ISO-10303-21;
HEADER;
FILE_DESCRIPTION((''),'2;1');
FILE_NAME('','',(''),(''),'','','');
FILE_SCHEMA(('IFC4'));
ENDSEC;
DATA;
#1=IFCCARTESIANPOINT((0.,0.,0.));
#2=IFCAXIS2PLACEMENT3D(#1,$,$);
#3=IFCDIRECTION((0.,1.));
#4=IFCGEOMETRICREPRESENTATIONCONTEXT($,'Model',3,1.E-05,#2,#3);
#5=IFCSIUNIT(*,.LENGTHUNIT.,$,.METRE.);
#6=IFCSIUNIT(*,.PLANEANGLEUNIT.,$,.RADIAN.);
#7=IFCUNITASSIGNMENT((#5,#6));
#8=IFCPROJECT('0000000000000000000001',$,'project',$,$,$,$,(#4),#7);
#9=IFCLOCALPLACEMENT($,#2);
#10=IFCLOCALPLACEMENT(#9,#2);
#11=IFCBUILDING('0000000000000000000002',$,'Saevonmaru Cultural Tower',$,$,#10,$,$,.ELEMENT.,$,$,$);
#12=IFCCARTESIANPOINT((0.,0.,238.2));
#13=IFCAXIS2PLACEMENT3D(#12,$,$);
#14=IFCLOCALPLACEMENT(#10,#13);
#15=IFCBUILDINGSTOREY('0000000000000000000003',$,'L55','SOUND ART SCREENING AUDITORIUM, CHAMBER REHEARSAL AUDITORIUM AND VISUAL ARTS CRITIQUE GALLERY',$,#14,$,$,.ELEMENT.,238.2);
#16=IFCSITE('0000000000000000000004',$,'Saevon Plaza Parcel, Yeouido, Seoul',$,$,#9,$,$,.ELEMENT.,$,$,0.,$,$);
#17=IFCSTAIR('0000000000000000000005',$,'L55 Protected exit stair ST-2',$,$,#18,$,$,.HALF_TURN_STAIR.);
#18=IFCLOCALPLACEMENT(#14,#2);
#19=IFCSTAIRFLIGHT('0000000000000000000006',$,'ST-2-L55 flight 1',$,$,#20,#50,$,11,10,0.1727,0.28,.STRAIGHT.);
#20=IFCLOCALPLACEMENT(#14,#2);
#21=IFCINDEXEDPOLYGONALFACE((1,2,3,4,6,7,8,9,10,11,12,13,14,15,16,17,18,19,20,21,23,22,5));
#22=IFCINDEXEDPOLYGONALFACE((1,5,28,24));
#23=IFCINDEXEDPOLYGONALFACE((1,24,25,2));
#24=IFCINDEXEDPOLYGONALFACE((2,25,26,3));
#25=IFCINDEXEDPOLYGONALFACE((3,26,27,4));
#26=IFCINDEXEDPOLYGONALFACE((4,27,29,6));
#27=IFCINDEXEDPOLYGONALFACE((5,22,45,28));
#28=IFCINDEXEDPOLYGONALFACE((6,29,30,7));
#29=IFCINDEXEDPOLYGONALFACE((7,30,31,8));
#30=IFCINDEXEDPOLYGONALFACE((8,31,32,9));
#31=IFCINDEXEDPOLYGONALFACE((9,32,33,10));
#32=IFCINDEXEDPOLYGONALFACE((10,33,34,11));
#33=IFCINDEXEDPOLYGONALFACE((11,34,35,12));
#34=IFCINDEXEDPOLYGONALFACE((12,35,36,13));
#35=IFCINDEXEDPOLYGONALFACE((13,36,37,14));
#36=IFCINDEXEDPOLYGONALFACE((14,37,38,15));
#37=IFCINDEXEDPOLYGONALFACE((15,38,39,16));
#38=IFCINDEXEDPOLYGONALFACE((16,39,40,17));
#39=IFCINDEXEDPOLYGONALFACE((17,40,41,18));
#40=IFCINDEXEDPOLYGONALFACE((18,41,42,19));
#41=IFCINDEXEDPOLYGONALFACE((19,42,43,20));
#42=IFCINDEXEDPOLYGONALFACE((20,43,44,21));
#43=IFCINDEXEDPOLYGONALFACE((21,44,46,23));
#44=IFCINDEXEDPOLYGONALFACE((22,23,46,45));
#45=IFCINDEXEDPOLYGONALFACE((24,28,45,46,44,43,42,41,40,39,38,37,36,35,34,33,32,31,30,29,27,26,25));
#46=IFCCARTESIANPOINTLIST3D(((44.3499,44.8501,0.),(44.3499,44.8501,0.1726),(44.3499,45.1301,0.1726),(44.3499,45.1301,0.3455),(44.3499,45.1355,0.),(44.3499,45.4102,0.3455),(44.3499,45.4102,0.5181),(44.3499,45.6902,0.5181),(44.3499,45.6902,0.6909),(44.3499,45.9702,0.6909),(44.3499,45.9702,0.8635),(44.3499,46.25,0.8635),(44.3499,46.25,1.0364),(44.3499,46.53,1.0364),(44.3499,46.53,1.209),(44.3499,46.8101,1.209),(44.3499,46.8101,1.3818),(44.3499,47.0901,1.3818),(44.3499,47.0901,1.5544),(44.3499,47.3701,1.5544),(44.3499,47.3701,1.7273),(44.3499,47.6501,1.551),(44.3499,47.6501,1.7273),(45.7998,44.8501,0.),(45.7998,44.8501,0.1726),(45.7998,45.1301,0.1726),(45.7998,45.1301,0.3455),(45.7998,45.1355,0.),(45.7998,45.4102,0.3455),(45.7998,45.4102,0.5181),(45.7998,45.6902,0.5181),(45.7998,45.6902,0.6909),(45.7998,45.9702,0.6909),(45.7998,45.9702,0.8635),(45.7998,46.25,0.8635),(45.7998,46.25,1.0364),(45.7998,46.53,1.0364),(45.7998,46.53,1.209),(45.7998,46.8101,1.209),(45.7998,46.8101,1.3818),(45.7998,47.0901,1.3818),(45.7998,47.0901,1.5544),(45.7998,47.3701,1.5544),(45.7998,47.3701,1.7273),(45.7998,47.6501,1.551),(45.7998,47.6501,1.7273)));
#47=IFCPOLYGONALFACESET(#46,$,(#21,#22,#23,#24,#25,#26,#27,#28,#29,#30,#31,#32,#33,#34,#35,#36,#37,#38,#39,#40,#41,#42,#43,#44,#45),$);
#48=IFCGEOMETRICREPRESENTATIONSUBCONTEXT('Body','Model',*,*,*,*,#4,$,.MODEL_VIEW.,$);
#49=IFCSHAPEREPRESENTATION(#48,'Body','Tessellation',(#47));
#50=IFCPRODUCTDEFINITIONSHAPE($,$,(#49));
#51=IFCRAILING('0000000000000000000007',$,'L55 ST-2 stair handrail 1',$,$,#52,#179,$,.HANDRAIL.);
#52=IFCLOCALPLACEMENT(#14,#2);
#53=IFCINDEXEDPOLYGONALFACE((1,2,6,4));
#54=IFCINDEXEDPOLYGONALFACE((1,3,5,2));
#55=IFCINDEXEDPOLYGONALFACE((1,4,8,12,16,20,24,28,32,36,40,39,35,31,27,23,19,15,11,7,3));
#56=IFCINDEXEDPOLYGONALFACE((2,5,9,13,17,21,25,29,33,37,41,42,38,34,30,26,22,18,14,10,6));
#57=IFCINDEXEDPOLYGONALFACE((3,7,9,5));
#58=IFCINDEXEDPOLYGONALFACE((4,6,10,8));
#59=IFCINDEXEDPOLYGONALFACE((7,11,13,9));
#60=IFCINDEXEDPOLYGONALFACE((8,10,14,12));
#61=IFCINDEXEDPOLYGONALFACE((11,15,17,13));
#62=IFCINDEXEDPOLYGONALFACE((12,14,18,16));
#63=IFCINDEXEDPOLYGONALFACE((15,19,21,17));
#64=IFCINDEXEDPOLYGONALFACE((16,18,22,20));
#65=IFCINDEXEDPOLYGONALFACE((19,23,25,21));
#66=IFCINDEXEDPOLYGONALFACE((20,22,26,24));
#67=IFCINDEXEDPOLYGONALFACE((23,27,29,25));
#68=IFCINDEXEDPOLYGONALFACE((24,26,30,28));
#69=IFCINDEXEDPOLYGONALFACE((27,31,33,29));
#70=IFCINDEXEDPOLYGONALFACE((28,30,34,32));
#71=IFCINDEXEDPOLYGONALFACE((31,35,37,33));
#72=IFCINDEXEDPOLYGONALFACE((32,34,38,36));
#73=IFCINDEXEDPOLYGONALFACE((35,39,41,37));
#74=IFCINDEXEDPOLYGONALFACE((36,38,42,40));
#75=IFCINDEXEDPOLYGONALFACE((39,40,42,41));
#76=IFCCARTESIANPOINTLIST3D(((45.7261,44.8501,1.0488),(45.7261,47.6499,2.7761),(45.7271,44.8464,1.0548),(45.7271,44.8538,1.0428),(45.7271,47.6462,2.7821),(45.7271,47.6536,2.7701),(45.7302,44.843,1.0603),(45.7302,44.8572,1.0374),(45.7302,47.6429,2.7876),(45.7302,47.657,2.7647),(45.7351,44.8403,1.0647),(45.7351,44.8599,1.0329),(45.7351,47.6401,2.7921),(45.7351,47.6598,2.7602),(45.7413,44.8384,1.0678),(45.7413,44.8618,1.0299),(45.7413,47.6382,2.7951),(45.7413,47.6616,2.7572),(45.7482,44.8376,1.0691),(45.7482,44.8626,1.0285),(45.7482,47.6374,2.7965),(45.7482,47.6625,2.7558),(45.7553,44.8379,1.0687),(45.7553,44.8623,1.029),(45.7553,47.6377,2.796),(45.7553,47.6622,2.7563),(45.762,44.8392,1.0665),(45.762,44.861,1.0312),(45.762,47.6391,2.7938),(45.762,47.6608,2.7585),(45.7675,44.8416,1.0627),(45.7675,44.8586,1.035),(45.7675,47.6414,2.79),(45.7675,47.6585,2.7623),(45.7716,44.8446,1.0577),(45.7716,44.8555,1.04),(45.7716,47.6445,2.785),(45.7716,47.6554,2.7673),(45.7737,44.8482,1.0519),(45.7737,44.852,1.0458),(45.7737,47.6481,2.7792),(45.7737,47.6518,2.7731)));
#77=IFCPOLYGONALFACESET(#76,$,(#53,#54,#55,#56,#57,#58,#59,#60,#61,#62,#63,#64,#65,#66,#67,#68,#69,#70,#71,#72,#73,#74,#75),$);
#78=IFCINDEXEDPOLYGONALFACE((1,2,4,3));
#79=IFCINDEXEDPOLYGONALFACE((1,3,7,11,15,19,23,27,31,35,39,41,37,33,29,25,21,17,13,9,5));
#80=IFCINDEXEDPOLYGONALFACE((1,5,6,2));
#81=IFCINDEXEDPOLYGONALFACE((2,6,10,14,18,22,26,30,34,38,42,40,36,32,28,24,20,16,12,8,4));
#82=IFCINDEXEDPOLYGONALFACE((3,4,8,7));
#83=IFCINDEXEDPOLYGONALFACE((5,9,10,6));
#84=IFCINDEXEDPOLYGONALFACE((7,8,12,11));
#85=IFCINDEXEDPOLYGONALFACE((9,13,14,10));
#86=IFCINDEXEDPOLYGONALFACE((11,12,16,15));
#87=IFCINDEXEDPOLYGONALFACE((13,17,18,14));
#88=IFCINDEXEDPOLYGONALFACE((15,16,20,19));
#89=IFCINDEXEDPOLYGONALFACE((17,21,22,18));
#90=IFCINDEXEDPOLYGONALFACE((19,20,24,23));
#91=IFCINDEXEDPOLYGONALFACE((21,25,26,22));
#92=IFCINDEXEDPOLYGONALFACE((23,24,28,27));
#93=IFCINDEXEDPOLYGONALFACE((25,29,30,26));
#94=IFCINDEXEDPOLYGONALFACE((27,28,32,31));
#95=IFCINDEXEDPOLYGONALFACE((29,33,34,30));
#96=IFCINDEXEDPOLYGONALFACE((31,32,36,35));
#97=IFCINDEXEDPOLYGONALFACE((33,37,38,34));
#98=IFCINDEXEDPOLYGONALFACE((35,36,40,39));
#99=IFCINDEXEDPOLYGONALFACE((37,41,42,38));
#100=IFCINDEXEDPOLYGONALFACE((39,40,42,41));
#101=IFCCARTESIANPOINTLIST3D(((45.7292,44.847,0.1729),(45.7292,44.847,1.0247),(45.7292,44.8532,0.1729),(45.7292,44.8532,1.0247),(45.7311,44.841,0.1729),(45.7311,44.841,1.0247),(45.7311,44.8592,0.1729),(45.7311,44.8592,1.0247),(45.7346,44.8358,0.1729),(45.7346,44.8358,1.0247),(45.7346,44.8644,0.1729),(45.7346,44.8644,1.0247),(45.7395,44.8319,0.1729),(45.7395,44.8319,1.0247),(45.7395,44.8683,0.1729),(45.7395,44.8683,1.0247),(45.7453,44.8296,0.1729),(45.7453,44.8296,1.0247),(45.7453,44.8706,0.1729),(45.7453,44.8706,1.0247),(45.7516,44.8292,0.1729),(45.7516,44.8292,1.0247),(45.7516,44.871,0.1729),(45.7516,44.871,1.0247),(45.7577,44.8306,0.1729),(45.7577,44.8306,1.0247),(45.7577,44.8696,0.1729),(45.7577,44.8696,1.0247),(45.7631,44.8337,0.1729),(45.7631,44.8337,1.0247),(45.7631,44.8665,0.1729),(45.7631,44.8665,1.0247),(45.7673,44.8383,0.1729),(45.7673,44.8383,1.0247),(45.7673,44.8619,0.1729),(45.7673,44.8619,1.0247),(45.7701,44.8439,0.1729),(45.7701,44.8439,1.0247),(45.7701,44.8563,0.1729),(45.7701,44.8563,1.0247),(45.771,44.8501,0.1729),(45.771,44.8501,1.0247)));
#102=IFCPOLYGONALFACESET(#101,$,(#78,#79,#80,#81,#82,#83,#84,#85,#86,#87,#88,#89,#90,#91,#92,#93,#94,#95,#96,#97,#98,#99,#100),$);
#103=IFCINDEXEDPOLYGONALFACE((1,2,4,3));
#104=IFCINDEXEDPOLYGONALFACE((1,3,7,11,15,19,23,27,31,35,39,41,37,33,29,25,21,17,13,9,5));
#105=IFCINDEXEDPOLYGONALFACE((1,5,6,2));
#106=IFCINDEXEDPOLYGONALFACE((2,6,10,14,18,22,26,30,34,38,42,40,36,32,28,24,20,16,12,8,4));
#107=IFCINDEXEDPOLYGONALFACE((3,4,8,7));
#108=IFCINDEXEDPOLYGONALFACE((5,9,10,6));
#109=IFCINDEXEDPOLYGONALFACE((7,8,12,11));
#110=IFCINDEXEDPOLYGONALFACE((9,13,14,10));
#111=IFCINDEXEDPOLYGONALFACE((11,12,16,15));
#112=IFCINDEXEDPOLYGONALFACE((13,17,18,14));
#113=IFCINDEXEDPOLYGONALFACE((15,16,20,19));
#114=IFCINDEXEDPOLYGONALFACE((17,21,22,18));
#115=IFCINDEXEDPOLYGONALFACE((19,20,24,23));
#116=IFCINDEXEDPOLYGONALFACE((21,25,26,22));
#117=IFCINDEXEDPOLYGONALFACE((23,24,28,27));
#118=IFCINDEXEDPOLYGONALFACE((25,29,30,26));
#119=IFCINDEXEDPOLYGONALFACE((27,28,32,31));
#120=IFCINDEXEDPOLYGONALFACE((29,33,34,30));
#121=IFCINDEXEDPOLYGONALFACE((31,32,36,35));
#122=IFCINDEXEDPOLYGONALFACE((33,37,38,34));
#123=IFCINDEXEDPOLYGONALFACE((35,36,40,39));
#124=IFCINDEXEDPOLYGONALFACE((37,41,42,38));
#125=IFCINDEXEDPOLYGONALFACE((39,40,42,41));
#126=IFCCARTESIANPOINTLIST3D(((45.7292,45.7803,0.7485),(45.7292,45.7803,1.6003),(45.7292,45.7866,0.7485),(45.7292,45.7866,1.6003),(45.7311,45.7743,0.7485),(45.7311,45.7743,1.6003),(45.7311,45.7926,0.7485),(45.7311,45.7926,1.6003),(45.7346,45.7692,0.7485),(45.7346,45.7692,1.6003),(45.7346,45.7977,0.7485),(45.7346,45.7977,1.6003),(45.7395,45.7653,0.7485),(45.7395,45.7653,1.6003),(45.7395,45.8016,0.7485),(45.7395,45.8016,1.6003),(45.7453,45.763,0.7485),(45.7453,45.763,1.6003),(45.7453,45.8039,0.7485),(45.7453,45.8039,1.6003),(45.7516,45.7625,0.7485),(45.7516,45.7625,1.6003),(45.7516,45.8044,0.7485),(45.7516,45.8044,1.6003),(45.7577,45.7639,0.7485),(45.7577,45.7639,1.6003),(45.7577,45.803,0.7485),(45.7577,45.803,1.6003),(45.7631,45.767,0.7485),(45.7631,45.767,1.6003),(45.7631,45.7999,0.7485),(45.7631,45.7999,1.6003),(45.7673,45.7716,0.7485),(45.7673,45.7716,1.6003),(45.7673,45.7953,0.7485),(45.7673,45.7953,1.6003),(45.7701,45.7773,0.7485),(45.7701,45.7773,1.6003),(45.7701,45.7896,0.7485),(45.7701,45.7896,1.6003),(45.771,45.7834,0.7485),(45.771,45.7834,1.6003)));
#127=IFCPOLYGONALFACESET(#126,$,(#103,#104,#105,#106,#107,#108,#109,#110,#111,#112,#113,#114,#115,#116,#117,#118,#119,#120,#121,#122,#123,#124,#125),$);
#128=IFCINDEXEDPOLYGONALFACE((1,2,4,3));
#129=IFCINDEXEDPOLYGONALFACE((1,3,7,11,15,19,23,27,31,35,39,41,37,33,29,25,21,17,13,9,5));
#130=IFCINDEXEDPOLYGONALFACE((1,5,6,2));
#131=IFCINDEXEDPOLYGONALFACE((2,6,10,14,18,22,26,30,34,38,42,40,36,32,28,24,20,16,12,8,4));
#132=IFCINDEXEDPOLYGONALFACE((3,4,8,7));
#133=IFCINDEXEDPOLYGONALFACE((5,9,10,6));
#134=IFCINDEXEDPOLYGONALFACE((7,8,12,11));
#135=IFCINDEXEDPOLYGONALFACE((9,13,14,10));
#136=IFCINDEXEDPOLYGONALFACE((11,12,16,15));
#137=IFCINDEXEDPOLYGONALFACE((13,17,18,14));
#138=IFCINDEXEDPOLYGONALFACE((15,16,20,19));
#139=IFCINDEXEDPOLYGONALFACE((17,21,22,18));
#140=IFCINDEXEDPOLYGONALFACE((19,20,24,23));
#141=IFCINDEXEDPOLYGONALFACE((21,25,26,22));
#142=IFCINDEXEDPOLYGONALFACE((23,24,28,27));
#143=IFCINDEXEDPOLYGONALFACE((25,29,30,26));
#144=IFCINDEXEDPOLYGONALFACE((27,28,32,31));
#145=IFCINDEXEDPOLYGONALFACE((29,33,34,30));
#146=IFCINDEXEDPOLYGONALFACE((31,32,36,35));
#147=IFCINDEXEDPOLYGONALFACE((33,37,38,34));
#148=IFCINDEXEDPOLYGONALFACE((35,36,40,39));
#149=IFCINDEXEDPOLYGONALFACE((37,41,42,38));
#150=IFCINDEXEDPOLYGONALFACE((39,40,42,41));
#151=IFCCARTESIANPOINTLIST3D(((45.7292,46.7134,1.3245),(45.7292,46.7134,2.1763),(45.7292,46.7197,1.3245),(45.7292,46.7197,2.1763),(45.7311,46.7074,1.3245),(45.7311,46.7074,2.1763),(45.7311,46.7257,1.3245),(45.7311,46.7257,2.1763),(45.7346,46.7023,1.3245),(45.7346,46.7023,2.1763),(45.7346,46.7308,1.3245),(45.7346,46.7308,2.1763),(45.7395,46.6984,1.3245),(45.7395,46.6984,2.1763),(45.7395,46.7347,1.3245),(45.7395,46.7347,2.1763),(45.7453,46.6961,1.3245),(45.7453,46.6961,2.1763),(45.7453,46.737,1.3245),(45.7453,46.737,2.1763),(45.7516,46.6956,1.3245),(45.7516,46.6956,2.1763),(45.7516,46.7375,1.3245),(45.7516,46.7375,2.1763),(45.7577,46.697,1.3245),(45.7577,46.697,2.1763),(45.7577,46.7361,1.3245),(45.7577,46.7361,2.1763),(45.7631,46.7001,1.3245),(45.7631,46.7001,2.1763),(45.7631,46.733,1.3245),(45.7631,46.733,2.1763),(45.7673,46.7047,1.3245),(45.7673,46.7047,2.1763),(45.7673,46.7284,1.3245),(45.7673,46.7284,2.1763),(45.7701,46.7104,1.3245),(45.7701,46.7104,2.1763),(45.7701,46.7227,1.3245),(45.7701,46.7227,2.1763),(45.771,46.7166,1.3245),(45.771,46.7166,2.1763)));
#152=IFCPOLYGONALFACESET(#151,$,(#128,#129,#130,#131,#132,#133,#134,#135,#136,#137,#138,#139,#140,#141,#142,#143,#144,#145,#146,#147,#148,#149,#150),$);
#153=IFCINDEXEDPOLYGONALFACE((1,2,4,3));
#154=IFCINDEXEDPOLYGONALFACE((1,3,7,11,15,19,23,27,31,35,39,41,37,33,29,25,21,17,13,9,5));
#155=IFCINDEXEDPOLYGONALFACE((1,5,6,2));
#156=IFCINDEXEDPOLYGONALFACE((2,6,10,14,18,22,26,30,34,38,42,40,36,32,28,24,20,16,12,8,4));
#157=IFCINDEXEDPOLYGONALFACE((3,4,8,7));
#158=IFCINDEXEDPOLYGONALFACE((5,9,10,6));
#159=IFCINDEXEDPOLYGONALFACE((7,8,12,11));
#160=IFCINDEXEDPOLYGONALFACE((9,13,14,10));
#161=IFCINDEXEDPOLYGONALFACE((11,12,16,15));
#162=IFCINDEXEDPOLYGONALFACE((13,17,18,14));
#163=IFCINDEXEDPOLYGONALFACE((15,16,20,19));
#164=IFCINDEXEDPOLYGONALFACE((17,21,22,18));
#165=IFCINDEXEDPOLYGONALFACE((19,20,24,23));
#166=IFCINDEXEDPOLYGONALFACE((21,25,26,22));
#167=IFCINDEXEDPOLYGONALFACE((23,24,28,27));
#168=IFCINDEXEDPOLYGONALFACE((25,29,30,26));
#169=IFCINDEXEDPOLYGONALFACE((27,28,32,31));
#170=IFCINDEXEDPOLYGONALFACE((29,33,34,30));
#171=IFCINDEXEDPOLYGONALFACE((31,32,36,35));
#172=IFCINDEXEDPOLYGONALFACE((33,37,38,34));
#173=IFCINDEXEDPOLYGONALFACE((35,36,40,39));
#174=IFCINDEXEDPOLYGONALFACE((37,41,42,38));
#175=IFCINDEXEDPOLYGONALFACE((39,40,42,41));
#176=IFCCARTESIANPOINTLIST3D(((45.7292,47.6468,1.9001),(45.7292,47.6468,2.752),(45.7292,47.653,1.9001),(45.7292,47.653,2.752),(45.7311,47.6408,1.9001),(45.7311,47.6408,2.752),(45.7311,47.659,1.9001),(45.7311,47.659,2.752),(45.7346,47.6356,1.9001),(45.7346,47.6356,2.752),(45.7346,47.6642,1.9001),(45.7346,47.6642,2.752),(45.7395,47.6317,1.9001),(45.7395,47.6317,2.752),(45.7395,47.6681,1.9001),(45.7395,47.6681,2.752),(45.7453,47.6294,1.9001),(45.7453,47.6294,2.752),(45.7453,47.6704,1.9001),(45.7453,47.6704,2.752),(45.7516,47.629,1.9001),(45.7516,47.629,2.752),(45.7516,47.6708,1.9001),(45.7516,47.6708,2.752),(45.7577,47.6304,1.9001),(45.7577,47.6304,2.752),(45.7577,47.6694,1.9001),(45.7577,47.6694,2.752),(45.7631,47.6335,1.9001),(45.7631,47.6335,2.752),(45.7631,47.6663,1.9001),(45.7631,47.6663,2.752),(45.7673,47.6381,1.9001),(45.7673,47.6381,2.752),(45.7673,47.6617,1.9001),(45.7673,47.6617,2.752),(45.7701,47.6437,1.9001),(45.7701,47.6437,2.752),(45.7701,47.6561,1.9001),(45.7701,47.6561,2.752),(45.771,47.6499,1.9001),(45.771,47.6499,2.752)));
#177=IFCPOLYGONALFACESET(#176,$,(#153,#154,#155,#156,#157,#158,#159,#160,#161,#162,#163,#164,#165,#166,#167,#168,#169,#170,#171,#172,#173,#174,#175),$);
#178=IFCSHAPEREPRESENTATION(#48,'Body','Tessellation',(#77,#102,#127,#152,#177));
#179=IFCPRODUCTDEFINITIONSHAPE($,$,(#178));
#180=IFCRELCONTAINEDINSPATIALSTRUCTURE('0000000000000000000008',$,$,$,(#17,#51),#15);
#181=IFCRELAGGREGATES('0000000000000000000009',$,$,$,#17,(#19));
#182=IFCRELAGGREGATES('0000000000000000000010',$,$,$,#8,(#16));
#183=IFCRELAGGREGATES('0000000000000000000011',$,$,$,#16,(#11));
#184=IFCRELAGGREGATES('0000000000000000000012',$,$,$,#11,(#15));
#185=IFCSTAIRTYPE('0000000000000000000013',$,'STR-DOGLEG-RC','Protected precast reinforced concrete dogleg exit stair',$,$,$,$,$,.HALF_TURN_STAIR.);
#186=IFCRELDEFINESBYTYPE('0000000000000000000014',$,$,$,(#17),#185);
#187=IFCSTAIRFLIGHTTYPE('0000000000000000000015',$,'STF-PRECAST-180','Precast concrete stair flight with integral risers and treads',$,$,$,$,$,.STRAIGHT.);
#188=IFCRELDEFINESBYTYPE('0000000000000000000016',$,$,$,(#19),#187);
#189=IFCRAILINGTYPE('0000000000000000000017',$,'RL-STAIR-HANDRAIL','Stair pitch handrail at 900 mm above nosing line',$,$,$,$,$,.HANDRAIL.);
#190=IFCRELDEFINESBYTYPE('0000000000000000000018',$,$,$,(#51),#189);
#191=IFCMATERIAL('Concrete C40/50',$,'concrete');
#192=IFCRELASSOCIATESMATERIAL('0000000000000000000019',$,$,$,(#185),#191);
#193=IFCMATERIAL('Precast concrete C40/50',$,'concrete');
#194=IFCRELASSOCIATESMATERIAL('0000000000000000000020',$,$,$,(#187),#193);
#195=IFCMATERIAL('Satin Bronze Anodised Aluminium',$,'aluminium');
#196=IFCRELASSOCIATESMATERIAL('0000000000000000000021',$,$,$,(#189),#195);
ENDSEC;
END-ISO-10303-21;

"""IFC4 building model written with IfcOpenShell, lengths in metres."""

from ifc_helpers import new_model, si_unit, direction, frame, origin, origin_2d, place, context, subcontext, project, spatial, polyline, circle, outline, extrude, material, type_object, element, aggregate, save


model = new_model("IFC4")

# Units and contexts
model_context = context("Model", 3, precision=1e-05, world=origin(), true_north=direction((0.0, 1.0)))
body_context = subcontext(model_context, "Body", "Model", "MODEL_VIEW")
ifc_project = project(units=[si_unit("LENGTHUNIT", "METRE"), si_unit("PLANEANGLEUNIT", "RADIAN")], contexts=[model_context])

# Site, building, storey
site_placement = place(None, origin())
site = spatial("IfcSite", under=ifc_project, at=site_placement, Name="Saevon Plaza Parcel, Yeouido, Seoul", CompositionType="ELEMENT", RefElevation=0.0)
building_placement = place(site_placement, origin())
building = spatial("IfcBuilding", under=site, at=building_placement, Name="Saevonmaru Cultural Tower", CompositionType="ELEMENT")
storey_placement = place(building_placement, frame((0.0, 0.0, 238.2)))
storey = spatial("IfcBuildingStorey", under=building, at=storey_placement, Name="L55", Description="SOUND ART SCREENING AUDITORIUM, CHAMBER REHEARSAL AUDITORIUM AND VISUAL ARTS CRITIQUE GALLERY", CompositionType="ELEMENT", Elevation=238.2)

# Shared definitions
ifc_material_1 = material(Name="Satin Bronze Anodised Aluminium", Category="aluminium")

# Stair, stair flight
ifc_material_2 = material(Name="Concrete C40/50", Category="concrete")
stair_type = type_object("IfcStairType", Name="STR-DOGLEG-RC", Description="Protected precast reinforced concrete dogleg exit stair", PredefinedType="HALF_TURN_STAIR", material=ifc_material_2)
stair_placement = place(storey_placement, origin())
stair = element("IfcStair", 1, at=stair_placement, inside=storey, type_object=stair_type, Name="L55 Protected exit stair ST-2", PredefinedType="HALF_TURN_STAIR")
ifc_material_3 = material(Name="Precast concrete C40/50", Category="concrete")
stair_flight_type = type_object("IfcStairFlightType", Name="STF-PRECAST-180", Description="Precast concrete stair flight with integral risers and treads", PredefinedType="STRAIGHT", material=ifc_material_3)
stair_flight_placement = place(storey_placement, frame((45.075, 44.8501, 0.0), z_axis=(0.0, 0.0, 1.0), x_axis=(0.0, 1.0, 0.0)))
stair_flight = element("IfcStairFlight", 2, at=stair_flight_placement, type_object=stair_flight_type, Name="ST-2-L55 flight 1", NumberOfRisers=11, NumberOfTreads=10, PredefinedType="STRAIGHT", RiserHeight=0.1727, TreadLength=0.28, context=body_context, shape_type="SweptSolid", body=[
    extrude(outline(polyline([(0.0, 0.0), (0.0, 0.1726), (0.28, 0.1726), (0.28, 0.3455), (0.5601, 0.3455), (0.5601, 0.5181), (0.8401, 0.5181), (0.8401, 0.6909), (1.1201, 0.6909), (1.1201, 0.8635), (1.3999, 0.8635), (1.3999, 1.0364), (1.6799, 1.0364), (1.6799, 1.209), (1.96, 1.209), (1.96, 1.3818), (2.24, 1.3818), (2.24, 1.5544), (2.52, 1.5544), (2.52, 1.7273), (2.8, 1.7273), (2.8, 1.8999), (2.8, 1.551), (0.2854, 0.0), (0.0, 0.0)])), frame((0.0, 0.7251, 0.0), z_axis=(0.0, -1.0, 0.0), x_axis=(1.0, 0.0, 0.0)), (0.0, 0.0, 1.0), 1.45),
])
aggregate(stair, [stair_flight])

# Railing
railing_type = type_object("IfcRailingType", Name="RL-STAIR-HANDRAIL", Description="Stair pitch handrail at 900 mm above nosing line", PredefinedType="HANDRAIL", material=ifc_material_1)
railing_placement = place(storey_placement, frame((45.75, 44.8501, 0.1729)))
element("IfcRailing", 3, at=railing_placement, inside=storey, type_object=railing_type, Name="L55 ST-2 stair handrail 1", PredefinedType="HANDRAIL", context=body_context, shape_type="SweptSolid", body=[
    extrude(circle(Radius=0.0239, at=origin_2d()), frame((0.0, 0.0, 0.876), z_axis=(0.0, 0.851069, 0.525054), x_axis=(-1.0, 0.0, 0.0)), (0.0, 0.0, 1.0), 3.2898),
    extrude(circle(Radius=0.021, at=origin_2d()), origin(), (0.0, 0.0, 1.0), 0.8518),
    extrude(circle(Radius=0.021, at=origin_2d()), frame((0.0, 0.9333, 0.5757)), (0.0, 0.0, 1.0), 0.8518),
    extrude(circle(Radius=0.021, at=origin_2d()), frame((0.0, 1.8665, 1.1516)), (0.0, 0.0, 1.0), 0.8518),
    extrude(circle(Radius=0.021, at=origin_2d()), frame((0.0, 2.7998, 1.7273)), (0.0, 0.0, 1.0), 0.8518),
])

save(model, "model.ifc")
